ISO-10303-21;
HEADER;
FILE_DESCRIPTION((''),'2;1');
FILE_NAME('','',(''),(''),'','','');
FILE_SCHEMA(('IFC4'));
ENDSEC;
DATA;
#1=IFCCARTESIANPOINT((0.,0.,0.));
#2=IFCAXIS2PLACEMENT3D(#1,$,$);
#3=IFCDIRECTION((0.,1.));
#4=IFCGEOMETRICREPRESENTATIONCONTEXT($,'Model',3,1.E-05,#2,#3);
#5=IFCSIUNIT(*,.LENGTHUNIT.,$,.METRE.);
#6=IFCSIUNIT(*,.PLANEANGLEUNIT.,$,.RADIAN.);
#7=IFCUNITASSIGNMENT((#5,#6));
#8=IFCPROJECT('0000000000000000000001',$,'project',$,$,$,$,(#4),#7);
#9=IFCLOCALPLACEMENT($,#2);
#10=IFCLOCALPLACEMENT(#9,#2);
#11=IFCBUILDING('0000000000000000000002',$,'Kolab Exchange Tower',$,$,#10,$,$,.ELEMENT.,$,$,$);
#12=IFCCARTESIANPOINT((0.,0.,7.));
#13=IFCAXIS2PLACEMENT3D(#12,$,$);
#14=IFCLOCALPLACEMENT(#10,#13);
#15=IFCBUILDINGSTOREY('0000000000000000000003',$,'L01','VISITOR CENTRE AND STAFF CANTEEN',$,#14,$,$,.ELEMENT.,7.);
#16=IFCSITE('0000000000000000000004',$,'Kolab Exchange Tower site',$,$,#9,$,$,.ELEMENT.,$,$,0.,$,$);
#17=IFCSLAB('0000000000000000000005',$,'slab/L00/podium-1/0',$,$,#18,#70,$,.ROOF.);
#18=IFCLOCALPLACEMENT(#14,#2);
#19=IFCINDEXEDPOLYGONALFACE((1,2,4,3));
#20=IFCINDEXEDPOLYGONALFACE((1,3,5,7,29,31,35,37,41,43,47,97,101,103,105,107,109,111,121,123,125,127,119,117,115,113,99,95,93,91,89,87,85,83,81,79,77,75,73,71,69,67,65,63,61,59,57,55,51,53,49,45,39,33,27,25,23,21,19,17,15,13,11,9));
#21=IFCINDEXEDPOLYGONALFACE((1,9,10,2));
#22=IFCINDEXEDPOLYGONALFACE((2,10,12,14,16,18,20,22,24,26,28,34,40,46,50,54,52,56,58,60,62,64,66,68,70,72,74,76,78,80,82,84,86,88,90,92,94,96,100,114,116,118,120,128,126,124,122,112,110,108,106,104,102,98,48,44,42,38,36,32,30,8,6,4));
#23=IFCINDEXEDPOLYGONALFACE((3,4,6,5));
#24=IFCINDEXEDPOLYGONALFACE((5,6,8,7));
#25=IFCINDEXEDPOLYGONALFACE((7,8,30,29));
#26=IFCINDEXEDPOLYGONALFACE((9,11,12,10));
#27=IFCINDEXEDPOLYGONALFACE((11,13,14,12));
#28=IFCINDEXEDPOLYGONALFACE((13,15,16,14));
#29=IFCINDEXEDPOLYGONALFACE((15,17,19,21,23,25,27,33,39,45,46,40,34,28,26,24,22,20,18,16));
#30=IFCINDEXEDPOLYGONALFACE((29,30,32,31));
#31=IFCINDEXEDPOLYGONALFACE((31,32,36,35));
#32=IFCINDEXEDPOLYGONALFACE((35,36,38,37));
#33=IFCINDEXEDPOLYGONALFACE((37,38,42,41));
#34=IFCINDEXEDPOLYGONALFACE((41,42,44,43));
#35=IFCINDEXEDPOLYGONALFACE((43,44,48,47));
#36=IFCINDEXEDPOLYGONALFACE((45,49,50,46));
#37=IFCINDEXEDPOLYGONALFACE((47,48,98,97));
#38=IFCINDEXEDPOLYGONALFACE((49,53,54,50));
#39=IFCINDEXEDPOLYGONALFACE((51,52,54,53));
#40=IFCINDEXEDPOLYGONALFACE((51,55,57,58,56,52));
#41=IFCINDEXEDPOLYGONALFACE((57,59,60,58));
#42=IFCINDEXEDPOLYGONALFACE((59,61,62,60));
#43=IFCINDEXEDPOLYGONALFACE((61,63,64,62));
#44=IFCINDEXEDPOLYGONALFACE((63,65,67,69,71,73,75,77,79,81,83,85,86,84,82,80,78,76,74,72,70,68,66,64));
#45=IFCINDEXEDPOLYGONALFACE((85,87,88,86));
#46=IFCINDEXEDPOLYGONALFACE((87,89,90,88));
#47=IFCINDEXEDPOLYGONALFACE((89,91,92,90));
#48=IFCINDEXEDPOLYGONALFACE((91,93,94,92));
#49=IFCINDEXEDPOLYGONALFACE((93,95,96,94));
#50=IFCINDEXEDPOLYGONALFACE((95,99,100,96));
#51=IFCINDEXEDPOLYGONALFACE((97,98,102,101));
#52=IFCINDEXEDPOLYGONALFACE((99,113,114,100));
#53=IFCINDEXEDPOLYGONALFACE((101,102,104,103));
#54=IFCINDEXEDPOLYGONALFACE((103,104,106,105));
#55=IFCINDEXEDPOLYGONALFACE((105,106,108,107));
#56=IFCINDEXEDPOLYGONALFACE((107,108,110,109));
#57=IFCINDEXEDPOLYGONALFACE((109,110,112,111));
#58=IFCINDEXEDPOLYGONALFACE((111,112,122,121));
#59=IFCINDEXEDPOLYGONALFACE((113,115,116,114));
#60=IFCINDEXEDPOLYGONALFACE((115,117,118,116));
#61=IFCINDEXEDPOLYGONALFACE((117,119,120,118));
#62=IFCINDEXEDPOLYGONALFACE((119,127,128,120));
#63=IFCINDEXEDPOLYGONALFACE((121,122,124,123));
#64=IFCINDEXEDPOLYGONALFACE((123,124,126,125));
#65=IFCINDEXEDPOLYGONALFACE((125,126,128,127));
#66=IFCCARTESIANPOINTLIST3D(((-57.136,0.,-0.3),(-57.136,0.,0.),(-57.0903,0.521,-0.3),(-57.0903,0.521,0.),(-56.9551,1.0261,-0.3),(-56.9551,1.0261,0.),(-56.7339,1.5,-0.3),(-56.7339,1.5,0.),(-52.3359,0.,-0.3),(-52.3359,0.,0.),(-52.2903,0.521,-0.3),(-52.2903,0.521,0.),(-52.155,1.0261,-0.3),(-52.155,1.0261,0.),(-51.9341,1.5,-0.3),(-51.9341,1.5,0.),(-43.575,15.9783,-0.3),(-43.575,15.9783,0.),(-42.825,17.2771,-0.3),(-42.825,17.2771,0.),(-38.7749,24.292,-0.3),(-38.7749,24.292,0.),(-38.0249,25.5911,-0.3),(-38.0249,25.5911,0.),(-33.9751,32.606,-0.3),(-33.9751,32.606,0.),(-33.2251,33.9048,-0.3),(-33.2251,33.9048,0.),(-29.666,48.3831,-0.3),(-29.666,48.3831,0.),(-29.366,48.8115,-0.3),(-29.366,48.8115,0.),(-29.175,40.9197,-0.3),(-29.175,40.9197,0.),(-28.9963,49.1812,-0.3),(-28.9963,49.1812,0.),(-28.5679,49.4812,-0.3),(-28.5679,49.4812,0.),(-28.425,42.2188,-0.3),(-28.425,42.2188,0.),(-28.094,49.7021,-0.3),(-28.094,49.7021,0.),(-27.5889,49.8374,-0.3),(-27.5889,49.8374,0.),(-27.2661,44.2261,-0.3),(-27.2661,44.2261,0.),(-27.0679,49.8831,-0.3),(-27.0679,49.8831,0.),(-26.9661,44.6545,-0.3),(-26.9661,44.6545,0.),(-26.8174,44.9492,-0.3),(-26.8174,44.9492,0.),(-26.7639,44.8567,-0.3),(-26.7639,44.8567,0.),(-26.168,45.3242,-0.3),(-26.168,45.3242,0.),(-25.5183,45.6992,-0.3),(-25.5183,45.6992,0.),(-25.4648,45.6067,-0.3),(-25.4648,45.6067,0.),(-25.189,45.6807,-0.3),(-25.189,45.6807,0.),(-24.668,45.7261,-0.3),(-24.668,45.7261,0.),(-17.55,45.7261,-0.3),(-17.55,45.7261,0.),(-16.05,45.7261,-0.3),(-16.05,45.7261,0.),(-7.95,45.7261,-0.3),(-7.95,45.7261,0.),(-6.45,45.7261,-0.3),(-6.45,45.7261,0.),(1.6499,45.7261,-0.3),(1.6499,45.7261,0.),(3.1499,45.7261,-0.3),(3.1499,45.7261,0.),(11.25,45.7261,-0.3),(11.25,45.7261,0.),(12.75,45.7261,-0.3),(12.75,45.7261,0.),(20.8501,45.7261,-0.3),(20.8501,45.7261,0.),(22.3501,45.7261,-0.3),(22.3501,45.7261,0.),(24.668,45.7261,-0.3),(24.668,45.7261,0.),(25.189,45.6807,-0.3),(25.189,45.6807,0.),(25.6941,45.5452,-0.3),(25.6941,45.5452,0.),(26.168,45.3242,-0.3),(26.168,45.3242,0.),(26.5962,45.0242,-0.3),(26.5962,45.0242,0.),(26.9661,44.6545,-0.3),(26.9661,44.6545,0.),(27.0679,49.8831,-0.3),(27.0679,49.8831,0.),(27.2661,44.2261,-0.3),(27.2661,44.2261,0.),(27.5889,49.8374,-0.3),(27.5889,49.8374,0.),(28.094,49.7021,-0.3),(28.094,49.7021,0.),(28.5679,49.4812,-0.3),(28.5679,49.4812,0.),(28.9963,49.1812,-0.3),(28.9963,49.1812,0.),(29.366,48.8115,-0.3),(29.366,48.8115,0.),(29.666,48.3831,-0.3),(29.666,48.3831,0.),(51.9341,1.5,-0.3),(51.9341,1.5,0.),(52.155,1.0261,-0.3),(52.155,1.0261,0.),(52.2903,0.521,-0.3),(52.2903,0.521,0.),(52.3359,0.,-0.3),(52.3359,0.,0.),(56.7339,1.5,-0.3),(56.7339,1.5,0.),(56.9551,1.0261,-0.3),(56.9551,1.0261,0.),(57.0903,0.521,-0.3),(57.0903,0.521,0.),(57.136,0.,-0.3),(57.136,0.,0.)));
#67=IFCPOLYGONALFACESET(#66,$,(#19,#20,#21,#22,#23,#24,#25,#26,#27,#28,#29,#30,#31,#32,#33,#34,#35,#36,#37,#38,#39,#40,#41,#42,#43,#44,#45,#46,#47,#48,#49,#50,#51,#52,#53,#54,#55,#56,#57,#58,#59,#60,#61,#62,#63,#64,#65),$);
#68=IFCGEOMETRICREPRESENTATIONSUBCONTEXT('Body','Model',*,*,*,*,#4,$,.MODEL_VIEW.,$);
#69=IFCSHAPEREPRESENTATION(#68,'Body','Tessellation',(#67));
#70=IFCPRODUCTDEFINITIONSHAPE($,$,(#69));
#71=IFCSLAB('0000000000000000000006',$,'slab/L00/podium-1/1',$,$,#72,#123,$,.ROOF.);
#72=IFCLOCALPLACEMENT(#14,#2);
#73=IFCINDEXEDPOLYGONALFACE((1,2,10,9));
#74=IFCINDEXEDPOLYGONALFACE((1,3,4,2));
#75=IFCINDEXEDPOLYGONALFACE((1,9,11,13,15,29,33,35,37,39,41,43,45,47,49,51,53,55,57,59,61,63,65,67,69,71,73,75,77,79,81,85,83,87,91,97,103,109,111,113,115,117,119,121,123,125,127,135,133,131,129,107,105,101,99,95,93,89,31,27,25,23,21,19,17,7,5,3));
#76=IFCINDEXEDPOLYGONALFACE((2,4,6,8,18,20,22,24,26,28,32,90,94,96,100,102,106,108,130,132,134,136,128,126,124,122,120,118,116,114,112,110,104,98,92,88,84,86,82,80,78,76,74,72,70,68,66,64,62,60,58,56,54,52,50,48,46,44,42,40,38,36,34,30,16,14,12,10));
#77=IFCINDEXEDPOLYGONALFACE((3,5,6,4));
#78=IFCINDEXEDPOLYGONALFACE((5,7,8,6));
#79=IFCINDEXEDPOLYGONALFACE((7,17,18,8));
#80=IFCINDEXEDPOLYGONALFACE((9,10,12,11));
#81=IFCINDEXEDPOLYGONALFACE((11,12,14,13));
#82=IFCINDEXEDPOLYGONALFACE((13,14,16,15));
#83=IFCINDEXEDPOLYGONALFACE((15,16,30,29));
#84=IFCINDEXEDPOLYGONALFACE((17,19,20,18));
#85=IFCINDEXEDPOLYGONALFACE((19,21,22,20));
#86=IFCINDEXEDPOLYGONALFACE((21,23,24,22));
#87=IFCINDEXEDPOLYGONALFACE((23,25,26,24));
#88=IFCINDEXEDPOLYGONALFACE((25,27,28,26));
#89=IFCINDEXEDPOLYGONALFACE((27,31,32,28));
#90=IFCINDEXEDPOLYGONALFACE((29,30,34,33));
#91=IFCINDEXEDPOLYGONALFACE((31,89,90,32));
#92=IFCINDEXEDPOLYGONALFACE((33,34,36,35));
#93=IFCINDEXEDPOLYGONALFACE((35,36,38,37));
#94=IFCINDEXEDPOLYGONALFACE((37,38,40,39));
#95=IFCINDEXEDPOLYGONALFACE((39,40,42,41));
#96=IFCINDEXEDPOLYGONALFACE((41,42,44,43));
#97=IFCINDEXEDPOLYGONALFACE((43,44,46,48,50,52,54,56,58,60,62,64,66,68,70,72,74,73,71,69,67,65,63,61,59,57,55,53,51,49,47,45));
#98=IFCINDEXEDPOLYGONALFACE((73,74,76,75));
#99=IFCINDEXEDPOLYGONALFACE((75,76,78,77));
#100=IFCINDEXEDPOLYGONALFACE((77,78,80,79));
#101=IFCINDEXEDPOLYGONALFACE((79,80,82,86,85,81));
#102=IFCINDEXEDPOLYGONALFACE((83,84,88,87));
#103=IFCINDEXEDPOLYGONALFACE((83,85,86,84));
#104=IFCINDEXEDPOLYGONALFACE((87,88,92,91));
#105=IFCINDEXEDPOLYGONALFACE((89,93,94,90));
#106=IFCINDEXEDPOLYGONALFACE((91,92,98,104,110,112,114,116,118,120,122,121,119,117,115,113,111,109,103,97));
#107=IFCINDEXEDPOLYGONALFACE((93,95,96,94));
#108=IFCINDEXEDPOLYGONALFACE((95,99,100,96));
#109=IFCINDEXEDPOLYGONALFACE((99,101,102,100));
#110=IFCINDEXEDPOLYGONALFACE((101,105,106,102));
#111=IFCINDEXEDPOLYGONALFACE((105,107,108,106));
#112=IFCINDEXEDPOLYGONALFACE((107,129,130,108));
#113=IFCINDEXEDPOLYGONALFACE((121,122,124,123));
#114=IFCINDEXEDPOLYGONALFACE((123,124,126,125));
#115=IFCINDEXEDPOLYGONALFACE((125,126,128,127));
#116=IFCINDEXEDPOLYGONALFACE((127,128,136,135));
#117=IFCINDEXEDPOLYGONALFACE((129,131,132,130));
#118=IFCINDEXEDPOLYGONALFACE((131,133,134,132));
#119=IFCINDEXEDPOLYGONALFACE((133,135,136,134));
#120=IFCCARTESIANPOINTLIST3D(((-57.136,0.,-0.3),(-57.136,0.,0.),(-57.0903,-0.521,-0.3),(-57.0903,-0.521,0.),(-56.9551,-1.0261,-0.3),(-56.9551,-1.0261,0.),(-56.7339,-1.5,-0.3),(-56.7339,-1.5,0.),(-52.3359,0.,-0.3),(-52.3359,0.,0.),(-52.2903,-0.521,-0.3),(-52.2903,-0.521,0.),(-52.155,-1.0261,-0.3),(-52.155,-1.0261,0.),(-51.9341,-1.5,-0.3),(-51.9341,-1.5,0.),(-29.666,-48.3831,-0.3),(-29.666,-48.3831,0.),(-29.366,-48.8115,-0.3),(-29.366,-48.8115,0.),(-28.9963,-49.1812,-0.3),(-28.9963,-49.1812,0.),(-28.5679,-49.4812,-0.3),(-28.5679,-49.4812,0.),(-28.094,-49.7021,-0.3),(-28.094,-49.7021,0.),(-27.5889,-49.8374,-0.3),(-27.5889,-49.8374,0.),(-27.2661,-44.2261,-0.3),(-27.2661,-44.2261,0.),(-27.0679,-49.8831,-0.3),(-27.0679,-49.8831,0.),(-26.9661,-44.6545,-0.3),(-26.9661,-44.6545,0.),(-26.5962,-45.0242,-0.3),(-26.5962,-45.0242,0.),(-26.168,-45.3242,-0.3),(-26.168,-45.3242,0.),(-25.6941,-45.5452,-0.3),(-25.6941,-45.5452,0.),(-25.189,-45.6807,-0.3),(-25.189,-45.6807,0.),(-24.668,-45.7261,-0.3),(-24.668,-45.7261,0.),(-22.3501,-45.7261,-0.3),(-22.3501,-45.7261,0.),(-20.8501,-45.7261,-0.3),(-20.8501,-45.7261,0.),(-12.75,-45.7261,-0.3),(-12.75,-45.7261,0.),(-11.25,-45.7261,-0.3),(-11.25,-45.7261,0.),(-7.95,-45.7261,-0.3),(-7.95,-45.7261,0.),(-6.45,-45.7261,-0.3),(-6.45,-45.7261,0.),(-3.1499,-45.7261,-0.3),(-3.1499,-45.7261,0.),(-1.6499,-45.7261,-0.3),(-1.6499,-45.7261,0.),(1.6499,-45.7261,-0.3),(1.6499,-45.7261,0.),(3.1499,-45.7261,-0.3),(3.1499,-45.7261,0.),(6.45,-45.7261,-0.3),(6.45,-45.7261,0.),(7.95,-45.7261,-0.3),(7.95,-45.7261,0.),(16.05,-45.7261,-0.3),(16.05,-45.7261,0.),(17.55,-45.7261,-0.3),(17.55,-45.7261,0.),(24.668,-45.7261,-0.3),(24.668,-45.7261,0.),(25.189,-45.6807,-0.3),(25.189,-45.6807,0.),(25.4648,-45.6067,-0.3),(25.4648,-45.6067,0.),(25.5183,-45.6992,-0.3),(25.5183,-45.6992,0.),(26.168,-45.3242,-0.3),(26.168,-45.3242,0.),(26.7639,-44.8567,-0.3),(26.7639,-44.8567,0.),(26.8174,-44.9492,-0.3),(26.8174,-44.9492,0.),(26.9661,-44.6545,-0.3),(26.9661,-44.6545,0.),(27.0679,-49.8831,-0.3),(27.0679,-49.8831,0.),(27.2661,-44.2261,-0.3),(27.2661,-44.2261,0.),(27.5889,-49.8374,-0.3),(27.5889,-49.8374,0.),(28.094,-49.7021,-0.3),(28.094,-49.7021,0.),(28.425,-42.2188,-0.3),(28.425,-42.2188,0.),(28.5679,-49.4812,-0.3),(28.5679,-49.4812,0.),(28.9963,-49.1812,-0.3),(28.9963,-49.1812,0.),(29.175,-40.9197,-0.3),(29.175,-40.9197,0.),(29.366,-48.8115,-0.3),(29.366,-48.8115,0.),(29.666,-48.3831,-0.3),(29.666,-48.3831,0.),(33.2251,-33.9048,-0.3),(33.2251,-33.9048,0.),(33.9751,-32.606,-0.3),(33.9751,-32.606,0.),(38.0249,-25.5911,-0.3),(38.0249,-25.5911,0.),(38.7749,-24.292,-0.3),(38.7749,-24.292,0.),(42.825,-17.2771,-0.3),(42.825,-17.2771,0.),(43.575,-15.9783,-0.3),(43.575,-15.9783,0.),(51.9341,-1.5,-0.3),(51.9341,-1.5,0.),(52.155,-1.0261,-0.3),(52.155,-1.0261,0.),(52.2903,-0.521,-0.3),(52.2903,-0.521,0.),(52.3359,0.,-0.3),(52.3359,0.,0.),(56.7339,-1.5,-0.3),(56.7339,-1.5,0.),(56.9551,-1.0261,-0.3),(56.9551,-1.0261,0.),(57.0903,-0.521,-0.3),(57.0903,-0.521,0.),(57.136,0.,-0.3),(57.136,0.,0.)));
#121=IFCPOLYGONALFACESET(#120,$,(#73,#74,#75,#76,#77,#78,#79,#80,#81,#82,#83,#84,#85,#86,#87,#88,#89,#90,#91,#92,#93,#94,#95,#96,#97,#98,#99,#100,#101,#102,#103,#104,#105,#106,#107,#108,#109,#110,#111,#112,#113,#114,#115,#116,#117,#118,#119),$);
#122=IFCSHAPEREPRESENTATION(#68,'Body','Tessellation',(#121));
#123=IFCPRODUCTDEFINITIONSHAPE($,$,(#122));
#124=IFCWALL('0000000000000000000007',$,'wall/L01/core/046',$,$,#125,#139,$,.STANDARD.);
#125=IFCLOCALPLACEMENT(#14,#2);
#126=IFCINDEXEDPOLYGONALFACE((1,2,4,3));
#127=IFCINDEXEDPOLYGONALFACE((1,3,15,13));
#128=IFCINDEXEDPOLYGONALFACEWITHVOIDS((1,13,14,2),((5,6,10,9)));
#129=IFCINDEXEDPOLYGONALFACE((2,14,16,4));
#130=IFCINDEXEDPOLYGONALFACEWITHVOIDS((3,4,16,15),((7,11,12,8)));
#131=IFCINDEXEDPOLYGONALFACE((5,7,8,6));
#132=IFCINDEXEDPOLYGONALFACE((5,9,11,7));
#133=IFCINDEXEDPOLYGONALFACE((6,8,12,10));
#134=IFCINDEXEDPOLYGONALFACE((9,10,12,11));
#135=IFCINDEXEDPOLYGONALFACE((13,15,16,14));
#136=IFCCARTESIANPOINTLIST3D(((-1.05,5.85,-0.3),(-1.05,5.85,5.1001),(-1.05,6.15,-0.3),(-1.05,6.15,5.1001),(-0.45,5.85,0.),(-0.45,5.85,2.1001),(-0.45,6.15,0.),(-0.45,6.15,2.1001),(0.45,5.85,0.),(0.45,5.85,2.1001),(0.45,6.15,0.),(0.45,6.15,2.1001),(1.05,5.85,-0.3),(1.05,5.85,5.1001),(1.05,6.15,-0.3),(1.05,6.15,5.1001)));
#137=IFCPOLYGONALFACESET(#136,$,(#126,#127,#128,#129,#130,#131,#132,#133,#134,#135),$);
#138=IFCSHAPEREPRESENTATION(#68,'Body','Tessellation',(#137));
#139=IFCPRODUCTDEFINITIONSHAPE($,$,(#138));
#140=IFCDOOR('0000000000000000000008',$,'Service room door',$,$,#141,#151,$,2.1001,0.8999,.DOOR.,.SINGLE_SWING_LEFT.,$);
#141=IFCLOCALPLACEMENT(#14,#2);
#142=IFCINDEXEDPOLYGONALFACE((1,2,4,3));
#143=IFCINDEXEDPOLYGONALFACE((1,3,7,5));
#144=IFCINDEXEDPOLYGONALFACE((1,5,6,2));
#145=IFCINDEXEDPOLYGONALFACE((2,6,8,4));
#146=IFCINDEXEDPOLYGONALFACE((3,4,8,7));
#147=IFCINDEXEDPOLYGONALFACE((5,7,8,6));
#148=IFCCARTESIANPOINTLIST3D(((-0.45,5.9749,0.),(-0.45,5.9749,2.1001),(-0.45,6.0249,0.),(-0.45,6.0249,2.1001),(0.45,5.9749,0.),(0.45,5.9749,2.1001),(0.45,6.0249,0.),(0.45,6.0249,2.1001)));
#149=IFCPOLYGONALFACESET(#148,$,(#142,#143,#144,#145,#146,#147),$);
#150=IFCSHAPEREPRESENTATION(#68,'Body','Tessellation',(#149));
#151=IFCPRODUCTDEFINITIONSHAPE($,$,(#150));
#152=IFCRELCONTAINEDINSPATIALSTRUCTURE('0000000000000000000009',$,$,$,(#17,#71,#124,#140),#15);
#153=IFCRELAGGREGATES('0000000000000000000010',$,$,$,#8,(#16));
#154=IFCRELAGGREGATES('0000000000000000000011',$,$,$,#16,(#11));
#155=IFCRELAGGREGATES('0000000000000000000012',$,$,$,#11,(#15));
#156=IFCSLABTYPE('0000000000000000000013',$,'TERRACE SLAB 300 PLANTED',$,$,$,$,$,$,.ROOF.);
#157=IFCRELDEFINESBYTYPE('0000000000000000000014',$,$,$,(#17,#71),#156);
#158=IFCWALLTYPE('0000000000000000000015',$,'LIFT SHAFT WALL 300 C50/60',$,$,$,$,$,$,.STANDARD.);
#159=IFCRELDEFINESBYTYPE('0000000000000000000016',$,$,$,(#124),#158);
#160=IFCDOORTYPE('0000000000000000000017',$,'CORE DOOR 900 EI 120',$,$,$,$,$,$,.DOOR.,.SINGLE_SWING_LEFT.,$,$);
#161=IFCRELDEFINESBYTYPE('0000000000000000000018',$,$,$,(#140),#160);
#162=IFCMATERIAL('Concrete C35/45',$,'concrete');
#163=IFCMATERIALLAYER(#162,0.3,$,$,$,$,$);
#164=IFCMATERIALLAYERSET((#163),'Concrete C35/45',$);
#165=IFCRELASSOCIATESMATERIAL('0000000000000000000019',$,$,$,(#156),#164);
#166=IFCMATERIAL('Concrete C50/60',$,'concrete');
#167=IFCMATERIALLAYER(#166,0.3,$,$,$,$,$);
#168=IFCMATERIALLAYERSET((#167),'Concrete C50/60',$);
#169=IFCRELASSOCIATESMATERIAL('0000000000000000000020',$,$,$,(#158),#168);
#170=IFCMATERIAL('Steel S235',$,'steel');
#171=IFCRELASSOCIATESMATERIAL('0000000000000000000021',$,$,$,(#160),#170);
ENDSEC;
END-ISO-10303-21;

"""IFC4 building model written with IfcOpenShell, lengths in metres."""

from ifc_helpers import new_model, si_unit, direction, frame, frame_2d, origin, place, context, subcontext, project, spatial, polyline, rectangle, outline, extrude, material, layer, layer_set, type_object, element, fill, save


model = new_model("IFC4")

# Units and contexts
model_context = context("Model", 3, precision=1e-05, world=origin(), true_north=direction((0.0, 1.0)))
body_context = subcontext(model_context, "Body", "Model", "MODEL_VIEW")
ifc_project = project(units=[si_unit("LENGTHUNIT", "METRE"), si_unit("PLANEANGLEUNIT", "RADIAN")], contexts=[model_context])

# Site, building, storey
site_placement = place(None, origin())
site = spatial("IfcSite", under=ifc_project, at=site_placement, Name="Kolab Exchange Tower site", CompositionType="ELEMENT", RefElevation=0.0)
building_placement = place(site_placement, origin())
building = spatial("IfcBuilding", under=site, at=building_placement, Name="Kolab Exchange Tower", CompositionType="ELEMENT")
storey_placement = place(building_placement, frame((0.0, 0.0, 7.0)))
storey = spatial("IfcBuildingStorey", under=building, at=storey_placement, Name="L01", Description="VISITOR CENTRE AND STAFF CANTEEN", CompositionType="ELEMENT", Elevation=7.0)

# Shared definitions
ifc_material_1 = material(Name="Concrete C35/45", Category="concrete")

# Slabs
ifc_layer_1 = layer(ifc_material_1, 0.3)
ifc_layer_set_1 = layer_set([ifc_layer_1], Name="Concrete C35/45")
slab_type_1 = type_object("IfcSlabType", Name="TERRACE SLAB 300 PLANTED", PredefinedType="ROOF", material=ifc_layer_set_1)
slab_1_placement = place(storey_placement, frame((0.0, 0.0, -0.3)))
element("IfcSlab", 1, at=slab_1_placement, inside=storey, type_object=slab_type_1, Name="slab/L00/podium-1/0", PredefinedType="ROOF", context=body_context, shape_type="SweptSolid", body=[
    extrude(outline(polyline([(-51.9341, 1.5), (-43.575, 15.9783), (-42.825, 17.2771), (-38.7749, 24.292), (-38.0249, 25.5911), (-33.9751, 32.606), (-33.2251, 33.9048), (-29.175, 40.9197), (-28.425, 42.2188), (-27.2661, 44.2261), (-26.9661, 44.6545), (-26.7639, 44.8567), (-26.8174, 44.9492), (-26.168, 45.3242), (-25.5183, 45.6992), (-25.4648, 45.6067), (-25.189, 45.6807), (-24.668, 45.7261), (-17.55, 45.7261), (-16.05, 45.7261), (-7.95, 45.7261), (-6.45, 45.7261), (1.6499, 45.7261), (3.1499, 45.7261), (11.25, 45.7261), (12.75, 45.7261), (20.8501, 45.7261), (22.3501, 45.7261), (24.668, 45.7261), (25.189, 45.6807), (25.6941, 45.5452), (26.168, 45.3242), (26.5962, 45.0242), (26.9661, 44.6545), (27.2661, 44.2261), (51.9341, 1.5), (52.155, 1.0261), (52.2903, 0.521), (52.3359, 0.0), (57.136, 0.0), (57.0903, 0.521), (56.9551, 1.0261), (56.7339, 1.5), (29.666, 48.3831), (29.366, 48.8115), (28.9963, 49.1812), (28.5679, 49.4812), (28.094, 49.7021), (27.5889, 49.8374), (27.0679, 49.8831), (-27.0679, 49.8831), (-27.5889, 49.8374), (-28.094, 49.7021), (-28.5679, 49.4812), (-28.9963, 49.1812), (-29.366, 48.8115), (-29.666, 48.3831), (-56.7339, 1.5), (-56.9551, 1.0261), (-57.0903, 0.521), (-57.136, 0.0), (-52.3359, 0.0), (-52.2903, 0.521), (-52.155, 1.0261), (-51.9341, 1.5)])), origin(), (0.0, 0.0, 1.0), 0.3),
])
slab_2_placement = place(storey_placement, frame((0.0, 0.0, -0.3)))
element("IfcSlab", 2, at=slab_2_placement, inside=storey, type_object=slab_type_1, Name="slab/L00/podium-1/1", PredefinedType="ROOF", context=body_context, shape_type="SweptSolid", body=[
    extrude(outline(polyline([(51.9341, -1.5), (43.575, -15.9783), (42.825, -17.2771), (38.7749, -24.292), (38.0249, -25.5911), (33.9751, -32.606), (33.2251, -33.9048), (29.175, -40.9197), (28.425, -42.2188), (27.2661, -44.2261), (26.9661, -44.6545), (26.7639, -44.8567), (26.8174, -44.9492), (26.168, -45.3242), (25.5183, -45.6992), (25.4648, -45.6067), (25.189, -45.6807), (24.668, -45.7261), (17.55, -45.7261), (16.05, -45.7261), (7.95, -45.7261), (6.45, -45.7261), (3.1499, -45.7261), (1.6499, -45.7261), (-1.6499, -45.7261), (-3.1499, -45.7261), (-6.45, -45.7261), (-7.95, -45.7261), (-11.25, -45.7261), (-12.75, -45.7261), (-20.8501, -45.7261), (-22.3501, -45.7261), (-24.668, -45.7261), (-25.189, -45.6807), (-25.6941, -45.5452), (-26.168, -45.3242), (-26.5962, -45.0242), (-26.9661, -44.6545), (-27.2661, -44.2261), (-51.9341, -1.5), (-52.155, -1.0261), (-52.2903, -0.521), (-52.3359, 0.0), (-57.136, 0.0), (-57.0903, -0.521), (-56.9551, -1.0261), (-56.7339, -1.5), (-29.666, -48.3831), (-29.366, -48.8115), (-28.9963, -49.1812), (-28.5679, -49.4812), (-28.094, -49.7021), (-27.5889, -49.8374), (-27.0679, -49.8831), (27.0679, -49.8831), (27.5889, -49.8374), (28.094, -49.7021), (28.5679, -49.4812), (28.9963, -49.1812), (29.366, -48.8115), (29.666, -48.3831), (56.7339, -1.5), (56.9551, -1.0261), (57.0903, -0.521), (57.136, 0.0), (52.3359, 0.0), (52.2903, -0.521), (52.155, -1.0261), (51.9341, -1.5)])), origin(), (0.0, 0.0, 1.0), 0.3),
])

# Wall, opening, door
ifc_material_2 = material(Name="Concrete C50/60", Category="concrete")
ifc_layer_2 = layer(ifc_material_2, 0.3)
ifc_layer_set_2 = layer_set([ifc_layer_2], Name="Concrete C50/60")
wall_type = type_object("IfcWallType", Name="LIFT SHAFT WALL 300 C50/60", PredefinedType="STANDARD", material=ifc_layer_set_2)
wall_placement = place(storey_placement, frame((-1.05, 6.0, -0.3), z_axis=(0.0, 0.0, 1.0), x_axis=(1.0, 0.0, 0.0)))
wall = element("IfcWall", 3, at=wall_placement, inside=storey, type_object=wall_type, Name="wall/L01/core/046", PredefinedType="STANDARD", context=body_context, shape_type="SweptSolid", body=[
    extrude(rectangle(XDim=2.1001, YDim=0.3, at=frame_2d((1.05, 0.0))), origin(), (0.0, 0.0, 1.0), 5.4001),
])
opening_placement = place(wall_placement, frame((0.6001, 0.0, 0.3)))
opening = element("IfcOpeningElement", 4, at=opening_placement, cuts=wall, PredefinedType="OPENING", context=body_context, shape_type="SweptSolid", body=[
    extrude(rectangle(XDim=0.8999, YDim=2.1001, at=frame_2d((0.45, 1.05))), frame((0.0, 0.1602, 0.0), z_axis=(0.0, -1.0, 0.0), x_axis=(1.0, 0.0, 0.0)), (0.0, 0.0, 1.0), 0.3201),
])
ifc_material_3 = material(Name="Steel S235", Category="steel")
door_type = type_object("IfcDoorType", Name="CORE DOOR 900 EI 120", OperationType="SINGLE_SWING_LEFT", PredefinedType="DOOR", material=ifc_material_3)
door_placement = place(opening_placement, origin())
door = element("IfcDoor", 5, at=door_placement, inside=storey, type_object=door_type, Name="Service room door", OperationType="SINGLE_SWING_LEFT", OverallHeight=2.1001, OverallWidth=0.8999, PredefinedType="DOOR", context=body_context, shape_type="SweptSolid", body=[
    extrude(rectangle(XDim=0.8999, YDim=2.1001, at=frame_2d((0.45, 1.05))), frame((0.0, 0.0249, 0.0), z_axis=(0.0, -1.0, 0.0), x_axis=(1.0, 0.0, 0.0)), (0.0, 0.0, 1.0), 0.05),
])
fill(opening, door)

save(model, "model.ifc")
